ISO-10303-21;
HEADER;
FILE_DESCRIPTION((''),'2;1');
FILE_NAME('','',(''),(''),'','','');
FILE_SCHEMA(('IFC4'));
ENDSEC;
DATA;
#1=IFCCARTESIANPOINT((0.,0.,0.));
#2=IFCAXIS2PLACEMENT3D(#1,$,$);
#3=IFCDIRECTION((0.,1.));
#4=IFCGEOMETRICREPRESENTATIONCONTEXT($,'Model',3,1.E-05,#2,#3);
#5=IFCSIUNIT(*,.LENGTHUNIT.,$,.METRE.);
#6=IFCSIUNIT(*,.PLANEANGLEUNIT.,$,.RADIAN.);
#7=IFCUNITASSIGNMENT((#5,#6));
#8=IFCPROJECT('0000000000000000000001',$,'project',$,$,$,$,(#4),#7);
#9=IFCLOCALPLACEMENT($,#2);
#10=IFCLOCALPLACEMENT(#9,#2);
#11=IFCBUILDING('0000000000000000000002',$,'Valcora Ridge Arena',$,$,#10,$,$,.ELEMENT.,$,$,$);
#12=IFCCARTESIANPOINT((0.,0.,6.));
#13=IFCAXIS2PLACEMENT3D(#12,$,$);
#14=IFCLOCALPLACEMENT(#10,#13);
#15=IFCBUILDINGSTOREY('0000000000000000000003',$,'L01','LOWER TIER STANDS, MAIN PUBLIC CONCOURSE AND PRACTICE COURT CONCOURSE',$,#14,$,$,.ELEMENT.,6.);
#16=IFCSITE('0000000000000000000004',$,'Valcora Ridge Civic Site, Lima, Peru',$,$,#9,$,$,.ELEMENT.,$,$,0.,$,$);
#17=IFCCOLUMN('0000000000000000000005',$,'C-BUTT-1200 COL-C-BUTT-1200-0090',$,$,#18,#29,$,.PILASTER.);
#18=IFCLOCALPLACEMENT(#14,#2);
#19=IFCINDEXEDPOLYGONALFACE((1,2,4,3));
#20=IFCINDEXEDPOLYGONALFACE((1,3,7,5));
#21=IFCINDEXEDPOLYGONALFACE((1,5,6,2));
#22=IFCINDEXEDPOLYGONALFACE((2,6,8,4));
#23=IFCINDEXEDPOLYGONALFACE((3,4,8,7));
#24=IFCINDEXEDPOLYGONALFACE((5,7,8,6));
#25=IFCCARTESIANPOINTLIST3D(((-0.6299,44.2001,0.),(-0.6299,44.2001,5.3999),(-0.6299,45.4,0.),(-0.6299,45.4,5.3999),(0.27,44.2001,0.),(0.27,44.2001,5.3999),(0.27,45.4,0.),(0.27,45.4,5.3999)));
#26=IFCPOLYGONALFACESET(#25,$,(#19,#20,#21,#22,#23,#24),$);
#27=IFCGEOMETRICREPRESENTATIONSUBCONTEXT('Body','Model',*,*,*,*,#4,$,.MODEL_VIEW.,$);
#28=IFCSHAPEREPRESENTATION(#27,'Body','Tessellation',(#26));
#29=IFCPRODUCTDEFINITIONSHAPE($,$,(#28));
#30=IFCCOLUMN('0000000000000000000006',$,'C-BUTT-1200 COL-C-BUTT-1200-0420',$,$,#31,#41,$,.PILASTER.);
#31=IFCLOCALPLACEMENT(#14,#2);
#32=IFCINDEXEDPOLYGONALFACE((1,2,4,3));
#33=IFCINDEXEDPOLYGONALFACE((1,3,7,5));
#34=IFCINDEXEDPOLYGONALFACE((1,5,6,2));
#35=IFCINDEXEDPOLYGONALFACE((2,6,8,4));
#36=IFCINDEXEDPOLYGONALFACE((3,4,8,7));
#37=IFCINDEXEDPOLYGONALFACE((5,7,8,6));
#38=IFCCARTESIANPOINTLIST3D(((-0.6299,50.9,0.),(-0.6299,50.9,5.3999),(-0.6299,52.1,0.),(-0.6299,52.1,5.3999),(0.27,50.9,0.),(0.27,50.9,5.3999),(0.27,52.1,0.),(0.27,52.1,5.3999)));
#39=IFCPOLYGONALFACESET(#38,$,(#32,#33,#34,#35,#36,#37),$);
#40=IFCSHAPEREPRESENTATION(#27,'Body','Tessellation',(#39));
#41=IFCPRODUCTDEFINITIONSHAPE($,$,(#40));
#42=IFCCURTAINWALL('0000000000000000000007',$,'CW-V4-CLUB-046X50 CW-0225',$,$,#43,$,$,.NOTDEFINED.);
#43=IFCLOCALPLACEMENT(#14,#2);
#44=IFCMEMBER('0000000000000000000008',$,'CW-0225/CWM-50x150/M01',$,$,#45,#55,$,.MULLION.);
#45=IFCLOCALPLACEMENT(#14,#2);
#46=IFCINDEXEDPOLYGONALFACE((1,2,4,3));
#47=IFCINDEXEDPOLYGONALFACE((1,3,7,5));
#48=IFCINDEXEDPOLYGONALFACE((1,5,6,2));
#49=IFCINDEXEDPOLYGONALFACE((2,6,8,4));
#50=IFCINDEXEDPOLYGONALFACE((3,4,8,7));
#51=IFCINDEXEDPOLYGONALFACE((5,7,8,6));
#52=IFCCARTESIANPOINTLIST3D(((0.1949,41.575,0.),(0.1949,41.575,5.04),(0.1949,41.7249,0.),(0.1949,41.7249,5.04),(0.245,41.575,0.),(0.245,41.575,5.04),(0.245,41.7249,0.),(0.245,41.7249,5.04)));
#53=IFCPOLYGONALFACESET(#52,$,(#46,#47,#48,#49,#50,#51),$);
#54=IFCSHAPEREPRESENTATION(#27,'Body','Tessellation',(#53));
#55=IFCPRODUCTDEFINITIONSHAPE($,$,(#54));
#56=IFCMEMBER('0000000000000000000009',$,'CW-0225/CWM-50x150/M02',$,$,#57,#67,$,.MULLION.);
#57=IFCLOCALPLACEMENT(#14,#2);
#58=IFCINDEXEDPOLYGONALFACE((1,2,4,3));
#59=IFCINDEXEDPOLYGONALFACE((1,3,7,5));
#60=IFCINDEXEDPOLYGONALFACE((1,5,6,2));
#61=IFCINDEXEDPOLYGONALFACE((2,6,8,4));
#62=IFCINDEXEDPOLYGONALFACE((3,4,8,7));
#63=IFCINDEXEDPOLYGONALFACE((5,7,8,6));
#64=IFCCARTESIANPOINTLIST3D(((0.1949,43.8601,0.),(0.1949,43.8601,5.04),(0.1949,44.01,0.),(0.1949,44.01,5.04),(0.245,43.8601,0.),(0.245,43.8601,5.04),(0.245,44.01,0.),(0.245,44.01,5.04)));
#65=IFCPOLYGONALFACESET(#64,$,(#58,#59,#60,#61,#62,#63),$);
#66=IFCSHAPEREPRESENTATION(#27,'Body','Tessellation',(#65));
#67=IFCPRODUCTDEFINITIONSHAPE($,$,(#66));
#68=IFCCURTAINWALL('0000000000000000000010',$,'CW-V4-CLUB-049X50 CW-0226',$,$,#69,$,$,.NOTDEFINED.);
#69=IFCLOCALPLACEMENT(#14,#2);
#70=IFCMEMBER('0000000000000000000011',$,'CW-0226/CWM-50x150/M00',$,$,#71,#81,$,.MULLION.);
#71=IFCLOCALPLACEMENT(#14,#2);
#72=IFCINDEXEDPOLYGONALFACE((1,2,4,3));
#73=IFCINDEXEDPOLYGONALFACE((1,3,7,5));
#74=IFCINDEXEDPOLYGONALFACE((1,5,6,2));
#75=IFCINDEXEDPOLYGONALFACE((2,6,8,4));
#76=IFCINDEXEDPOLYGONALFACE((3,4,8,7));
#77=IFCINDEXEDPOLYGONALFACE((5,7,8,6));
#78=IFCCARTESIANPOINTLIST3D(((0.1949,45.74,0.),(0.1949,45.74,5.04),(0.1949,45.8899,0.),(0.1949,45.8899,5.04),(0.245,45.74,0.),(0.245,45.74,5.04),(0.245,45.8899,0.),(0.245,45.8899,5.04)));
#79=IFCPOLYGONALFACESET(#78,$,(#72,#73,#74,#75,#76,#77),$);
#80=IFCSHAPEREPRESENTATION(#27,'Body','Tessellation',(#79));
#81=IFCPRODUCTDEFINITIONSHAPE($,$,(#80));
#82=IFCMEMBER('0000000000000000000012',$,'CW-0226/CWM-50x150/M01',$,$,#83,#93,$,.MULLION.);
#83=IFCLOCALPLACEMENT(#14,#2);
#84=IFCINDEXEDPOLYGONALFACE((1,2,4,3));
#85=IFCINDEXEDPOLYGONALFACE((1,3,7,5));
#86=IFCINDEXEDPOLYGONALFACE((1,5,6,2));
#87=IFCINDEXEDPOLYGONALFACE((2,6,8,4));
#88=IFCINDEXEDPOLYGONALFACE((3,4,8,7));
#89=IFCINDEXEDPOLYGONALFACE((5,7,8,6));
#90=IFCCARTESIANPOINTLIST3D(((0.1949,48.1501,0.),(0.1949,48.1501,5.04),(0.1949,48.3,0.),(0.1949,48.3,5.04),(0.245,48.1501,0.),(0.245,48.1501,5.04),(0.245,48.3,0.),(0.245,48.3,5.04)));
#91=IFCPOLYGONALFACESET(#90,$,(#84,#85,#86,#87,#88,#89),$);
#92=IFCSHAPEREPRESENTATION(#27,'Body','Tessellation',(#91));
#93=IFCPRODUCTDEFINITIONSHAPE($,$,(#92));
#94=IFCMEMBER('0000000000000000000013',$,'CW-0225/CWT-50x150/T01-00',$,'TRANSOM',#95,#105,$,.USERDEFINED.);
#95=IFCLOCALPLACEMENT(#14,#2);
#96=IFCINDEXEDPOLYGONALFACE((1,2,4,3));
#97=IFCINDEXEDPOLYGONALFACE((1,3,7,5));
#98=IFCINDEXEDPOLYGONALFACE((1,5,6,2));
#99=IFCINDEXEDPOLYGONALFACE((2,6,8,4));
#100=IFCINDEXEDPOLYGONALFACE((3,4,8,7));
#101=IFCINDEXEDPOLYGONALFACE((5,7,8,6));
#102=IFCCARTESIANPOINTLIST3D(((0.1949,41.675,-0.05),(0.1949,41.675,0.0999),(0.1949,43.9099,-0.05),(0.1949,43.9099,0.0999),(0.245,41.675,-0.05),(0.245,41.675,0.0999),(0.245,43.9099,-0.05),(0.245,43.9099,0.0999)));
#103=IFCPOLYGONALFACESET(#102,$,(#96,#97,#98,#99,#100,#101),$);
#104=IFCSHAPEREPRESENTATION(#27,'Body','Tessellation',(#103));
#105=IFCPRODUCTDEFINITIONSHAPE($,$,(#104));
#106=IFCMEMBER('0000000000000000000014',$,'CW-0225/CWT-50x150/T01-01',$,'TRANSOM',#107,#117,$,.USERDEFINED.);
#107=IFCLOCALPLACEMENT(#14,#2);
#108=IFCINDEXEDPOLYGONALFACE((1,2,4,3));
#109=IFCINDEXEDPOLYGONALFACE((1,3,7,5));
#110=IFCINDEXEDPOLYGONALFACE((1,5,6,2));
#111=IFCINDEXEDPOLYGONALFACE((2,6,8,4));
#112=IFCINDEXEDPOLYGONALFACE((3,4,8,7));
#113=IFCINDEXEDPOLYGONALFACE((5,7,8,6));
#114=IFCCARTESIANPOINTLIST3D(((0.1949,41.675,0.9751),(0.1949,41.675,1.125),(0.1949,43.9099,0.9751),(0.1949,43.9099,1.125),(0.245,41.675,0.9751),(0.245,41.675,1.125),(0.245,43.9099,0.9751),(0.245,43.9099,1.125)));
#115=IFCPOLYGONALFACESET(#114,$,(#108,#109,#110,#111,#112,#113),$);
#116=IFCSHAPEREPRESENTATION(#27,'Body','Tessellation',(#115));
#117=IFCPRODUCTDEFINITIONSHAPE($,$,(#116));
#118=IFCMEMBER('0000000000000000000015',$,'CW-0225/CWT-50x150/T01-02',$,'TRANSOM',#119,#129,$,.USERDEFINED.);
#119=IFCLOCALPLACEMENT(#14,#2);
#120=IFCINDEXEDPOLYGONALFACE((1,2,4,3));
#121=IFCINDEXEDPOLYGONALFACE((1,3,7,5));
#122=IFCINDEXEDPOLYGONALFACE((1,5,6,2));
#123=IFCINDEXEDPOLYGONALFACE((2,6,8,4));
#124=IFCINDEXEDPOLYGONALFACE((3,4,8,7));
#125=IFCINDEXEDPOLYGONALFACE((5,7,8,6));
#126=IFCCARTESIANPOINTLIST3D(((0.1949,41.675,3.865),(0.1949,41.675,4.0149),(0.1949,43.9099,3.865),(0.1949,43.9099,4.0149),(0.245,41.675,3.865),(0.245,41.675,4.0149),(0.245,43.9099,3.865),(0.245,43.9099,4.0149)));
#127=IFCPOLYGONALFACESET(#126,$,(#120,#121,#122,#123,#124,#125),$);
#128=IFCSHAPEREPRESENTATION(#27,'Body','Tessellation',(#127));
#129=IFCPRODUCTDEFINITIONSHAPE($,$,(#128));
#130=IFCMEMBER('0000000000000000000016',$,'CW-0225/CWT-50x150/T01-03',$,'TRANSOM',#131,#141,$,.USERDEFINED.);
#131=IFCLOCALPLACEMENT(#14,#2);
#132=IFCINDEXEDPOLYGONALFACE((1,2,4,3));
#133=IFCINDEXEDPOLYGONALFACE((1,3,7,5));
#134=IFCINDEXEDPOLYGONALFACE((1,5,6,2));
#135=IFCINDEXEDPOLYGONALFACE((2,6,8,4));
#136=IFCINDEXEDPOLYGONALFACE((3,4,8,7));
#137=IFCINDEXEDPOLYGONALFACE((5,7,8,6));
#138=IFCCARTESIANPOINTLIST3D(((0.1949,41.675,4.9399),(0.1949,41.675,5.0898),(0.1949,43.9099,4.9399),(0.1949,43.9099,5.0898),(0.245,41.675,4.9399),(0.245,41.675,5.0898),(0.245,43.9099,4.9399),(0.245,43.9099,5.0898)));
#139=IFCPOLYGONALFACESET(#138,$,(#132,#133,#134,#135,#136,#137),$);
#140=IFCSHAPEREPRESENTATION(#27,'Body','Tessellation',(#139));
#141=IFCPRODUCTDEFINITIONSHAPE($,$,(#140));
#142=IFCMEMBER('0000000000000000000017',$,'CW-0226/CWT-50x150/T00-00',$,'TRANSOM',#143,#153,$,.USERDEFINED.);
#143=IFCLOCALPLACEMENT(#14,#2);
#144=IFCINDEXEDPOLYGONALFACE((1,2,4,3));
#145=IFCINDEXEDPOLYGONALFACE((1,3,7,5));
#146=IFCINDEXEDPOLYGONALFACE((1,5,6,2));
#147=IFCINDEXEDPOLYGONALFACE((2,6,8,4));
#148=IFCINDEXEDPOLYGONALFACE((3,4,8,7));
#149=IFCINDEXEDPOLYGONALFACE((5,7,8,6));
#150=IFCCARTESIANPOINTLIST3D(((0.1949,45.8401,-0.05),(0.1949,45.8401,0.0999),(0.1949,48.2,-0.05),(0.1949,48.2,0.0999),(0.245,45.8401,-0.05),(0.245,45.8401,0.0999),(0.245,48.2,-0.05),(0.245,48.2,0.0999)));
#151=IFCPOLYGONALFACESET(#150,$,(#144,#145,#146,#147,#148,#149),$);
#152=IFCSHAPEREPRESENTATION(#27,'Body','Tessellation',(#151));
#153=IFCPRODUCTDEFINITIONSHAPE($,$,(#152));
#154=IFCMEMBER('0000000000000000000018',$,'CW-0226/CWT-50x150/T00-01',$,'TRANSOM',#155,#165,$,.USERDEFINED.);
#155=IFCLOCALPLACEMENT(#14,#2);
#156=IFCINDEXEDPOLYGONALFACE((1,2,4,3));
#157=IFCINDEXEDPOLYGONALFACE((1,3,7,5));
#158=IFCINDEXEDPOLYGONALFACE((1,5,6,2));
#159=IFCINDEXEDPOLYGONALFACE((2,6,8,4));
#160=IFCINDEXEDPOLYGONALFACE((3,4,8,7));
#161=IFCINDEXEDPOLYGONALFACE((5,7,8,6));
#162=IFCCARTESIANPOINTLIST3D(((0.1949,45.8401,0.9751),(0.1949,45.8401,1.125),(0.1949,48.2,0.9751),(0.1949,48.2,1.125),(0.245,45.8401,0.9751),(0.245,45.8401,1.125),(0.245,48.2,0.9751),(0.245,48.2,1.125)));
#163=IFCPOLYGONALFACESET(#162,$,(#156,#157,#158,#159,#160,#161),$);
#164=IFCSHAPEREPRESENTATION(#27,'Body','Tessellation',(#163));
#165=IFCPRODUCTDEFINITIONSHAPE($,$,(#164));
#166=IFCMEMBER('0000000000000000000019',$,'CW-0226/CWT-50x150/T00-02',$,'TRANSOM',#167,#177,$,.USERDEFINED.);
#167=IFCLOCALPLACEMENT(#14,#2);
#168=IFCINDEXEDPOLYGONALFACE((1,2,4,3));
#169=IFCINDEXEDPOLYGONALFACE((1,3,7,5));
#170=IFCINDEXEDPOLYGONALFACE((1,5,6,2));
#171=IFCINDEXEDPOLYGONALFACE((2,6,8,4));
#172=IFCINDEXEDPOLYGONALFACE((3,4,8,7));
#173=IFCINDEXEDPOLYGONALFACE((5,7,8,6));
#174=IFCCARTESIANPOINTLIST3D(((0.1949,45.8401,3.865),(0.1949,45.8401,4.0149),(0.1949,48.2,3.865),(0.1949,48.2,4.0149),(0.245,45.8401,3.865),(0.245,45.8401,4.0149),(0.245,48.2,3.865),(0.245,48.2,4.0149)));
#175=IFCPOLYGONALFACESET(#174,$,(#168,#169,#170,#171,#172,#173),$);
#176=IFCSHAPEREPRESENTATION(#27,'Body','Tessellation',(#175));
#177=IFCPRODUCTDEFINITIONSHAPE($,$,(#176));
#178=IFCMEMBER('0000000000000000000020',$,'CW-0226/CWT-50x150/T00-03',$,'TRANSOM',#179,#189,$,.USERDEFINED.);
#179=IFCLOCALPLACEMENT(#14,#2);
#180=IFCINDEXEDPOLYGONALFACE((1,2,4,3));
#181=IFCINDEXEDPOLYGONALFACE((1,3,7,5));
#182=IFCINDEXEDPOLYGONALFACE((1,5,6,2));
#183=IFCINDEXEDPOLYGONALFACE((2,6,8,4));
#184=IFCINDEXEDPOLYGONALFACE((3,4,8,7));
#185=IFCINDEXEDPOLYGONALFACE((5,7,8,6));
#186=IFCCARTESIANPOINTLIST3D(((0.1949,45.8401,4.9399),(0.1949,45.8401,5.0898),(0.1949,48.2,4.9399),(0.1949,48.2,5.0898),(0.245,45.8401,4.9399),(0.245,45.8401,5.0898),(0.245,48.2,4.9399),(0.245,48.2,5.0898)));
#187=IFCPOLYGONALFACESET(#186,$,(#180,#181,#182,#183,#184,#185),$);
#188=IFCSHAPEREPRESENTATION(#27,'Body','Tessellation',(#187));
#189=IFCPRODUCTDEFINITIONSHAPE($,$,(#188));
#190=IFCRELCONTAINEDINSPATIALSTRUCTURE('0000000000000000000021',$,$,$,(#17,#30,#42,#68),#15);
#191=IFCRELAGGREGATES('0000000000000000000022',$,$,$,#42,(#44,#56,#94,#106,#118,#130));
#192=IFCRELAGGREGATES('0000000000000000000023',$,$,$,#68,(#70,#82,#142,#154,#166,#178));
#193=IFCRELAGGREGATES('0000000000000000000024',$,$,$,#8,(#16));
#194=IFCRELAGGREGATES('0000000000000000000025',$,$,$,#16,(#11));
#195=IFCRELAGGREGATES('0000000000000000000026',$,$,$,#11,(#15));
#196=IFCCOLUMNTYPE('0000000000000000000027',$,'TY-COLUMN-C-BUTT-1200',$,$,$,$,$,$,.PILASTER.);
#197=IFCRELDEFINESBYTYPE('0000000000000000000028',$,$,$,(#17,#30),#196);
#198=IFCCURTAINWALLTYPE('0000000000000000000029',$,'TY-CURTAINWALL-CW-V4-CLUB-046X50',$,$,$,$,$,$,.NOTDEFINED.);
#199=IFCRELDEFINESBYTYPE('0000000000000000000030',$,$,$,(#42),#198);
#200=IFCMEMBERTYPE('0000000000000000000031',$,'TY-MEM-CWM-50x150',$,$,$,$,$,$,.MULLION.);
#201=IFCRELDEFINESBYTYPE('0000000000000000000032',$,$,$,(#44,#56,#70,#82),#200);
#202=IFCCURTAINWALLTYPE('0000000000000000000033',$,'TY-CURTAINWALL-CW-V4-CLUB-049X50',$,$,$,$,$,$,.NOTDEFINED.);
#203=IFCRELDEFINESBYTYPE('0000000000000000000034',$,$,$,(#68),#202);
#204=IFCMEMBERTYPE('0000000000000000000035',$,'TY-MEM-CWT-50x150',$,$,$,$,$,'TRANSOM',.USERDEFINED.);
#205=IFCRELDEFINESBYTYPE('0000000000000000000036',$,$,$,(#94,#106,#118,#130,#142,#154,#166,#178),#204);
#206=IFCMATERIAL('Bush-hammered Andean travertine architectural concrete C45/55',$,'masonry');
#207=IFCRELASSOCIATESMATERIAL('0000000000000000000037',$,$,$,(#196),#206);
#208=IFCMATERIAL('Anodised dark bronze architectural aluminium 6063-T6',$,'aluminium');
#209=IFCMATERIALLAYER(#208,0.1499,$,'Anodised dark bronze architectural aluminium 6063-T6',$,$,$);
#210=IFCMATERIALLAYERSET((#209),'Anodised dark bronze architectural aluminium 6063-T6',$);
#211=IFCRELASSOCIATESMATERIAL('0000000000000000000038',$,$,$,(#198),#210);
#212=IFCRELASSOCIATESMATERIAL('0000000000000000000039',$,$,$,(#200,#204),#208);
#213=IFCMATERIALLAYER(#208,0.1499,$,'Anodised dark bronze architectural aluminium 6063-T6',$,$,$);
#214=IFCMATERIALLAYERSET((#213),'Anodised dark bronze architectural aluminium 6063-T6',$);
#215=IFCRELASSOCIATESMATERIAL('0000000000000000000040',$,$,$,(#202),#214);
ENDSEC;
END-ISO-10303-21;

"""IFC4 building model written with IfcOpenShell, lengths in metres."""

from ifc_helpers import new_model, si_unit, direction, frame, origin, origin_2d, place, context, subcontext, project, spatial, rectangle, extrude, material, layer, layer_set, material_profile, profile_set, type_object, element, aggregate, save


model = new_model("IFC4")

# Units and contexts
model_context = context("Model", 3, precision=1e-05, world=origin(), true_north=direction((0.0, 1.0)))
body_context = subcontext(model_context, "Body", "Model", "MODEL_VIEW")
ifc_project = project(units=[si_unit("LENGTHUNIT", "METRE"), si_unit("PLANEANGLEUNIT", "RADIAN")], contexts=[model_context])

# Site, building, storey
site_placement = place(None, origin())
site = spatial("IfcSite", under=ifc_project, at=site_placement, Name="Valcora Ridge Civic Site, Lima, Peru", CompositionType="ELEMENT", RefElevation=0.0)
building_placement = place(site_placement, origin())
building = spatial("IfcBuilding", under=site, at=building_placement, Name="Valcora Ridge Arena", CompositionType="ELEMENT")
storey_placement = place(building_placement, frame((0.0, 0.0, 6.0)))
storey = spatial("IfcBuildingStorey", under=building, at=storey_placement, Name="L01", Description="LOWER TIER STANDS, MAIN PUBLIC CONCOURSE AND PRACTICE COURT CONCOURSE", CompositionType="ELEMENT", Elevation=6.0)

# Columns
ifc_material_1 = material(Name="Bush-hammered Andean travertine architectural concrete C45/55", Category="masonry")
ifc_material_profile_1 = material_profile(ifc_material_1, rectangle(XDim=0.8999, YDim=1.2, at=origin_2d()), Name="RC 900x1200")
ifc_profile_set_1 = profile_set([ifc_material_profile_1], Name="Bush-hammered Andean travertine architectural concrete C45/55")
column_type = type_object("IfcColumnType", Name="TY-COLUMN-C-BUTT-1200", PredefinedType="PILASTER", material=ifc_profile_set_1)
for number, where, z_axis, x_axis, name in (
    (1, (-0.1799, 44.8, 0.0), (0.0, 0.0, 1.0), (1.0, 0.0, 0.0), "C-BUTT-1200 COL-C-BUTT-1200-0090"),
    (2, (-0.1799, 51.5, 0.0), (0.0, 0.0, 1.0), (1.0, 0.0, 0.0), "C-BUTT-1200 COL-C-BUTT-1200-0420"),
):
    element("IfcColumn", number, at=place(storey_placement, frame(where, z_axis=z_axis, x_axis=x_axis)), inside=storey, type_object=column_type, Name=name, PredefinedType="PILASTER", context=body_context, shape_type="SweptSolid", body=[
        extrude(rectangle(XDim=0.8999, YDim=1.2, at=origin_2d()), origin(), (0.0, 0.0, 1.0), 5.3999),
    ])

# Curtain walls, members
ifc_material_2 = material(Name="Anodised dark bronze architectural aluminium 6063-T6", Category="aluminium")
ifc_layer_1 = layer(ifc_material_2, 0.1499, Name="Anodised dark bronze architectural aluminium 6063-T6")
ifc_layer_set_1 = layer_set([ifc_layer_1], Name="Anodised dark bronze architectural aluminium 6063-T6")
curtain_wall_type_1 = type_object("IfcCurtainWallType", Name="TY-CURTAINWALL-CW-V4-CLUB-046X50", PredefinedType="NOTDEFINED", material=ifc_layer_set_1)
curtain_wall_1_placement = place(storey_placement, origin())
curtain_wall_1 = element("IfcCurtainWall", 3, at=curtain_wall_1_placement, inside=storey, type_object=curtain_wall_type_1, Name="CW-V4-CLUB-046X50 CW-0225", PredefinedType="NOTDEFINED")
ifc_material_profile_2 = material_profile(ifc_material_2, rectangle(XDim=0.05, YDim=0.1499, at=origin_2d()), Name="ALU MULLION 50x150")
ifc_profile_set_2 = profile_set([ifc_material_profile_2], Name="Anodised dark bronze architectural aluminium 6063-T6")
member_type_1 = type_object("IfcMemberType", Name="TY-MEM-CWM-50x150", PredefinedType="MULLION", material=ifc_profile_set_2)
member_1_placement = place(storey_placement, frame((0.22, 41.6499, 0.0), z_axis=(0.0, 0.0, 1.0), x_axis=(-1.0, 0.0, 0.0)))
member_1 = element("IfcMember", 4, at=member_1_placement, type_object=member_type_1, Name="CW-0225/CWM-50x150/M01", PredefinedType="MULLION", context=body_context, shape_type="SweptSolid", body=[
    extrude(rectangle(XDim=0.05, YDim=0.1499, at=origin_2d()), origin(), (0.0, 0.0, 1.0), 5.04),
])
member_2_placement = place(storey_placement, frame((0.22, 43.9351, 0.0), z_axis=(0.0, 0.0, 1.0), x_axis=(-1.0, 0.0, 0.0)))
member_2 = element("IfcMember", 5, at=member_2_placement, type_object=member_type_1, Name="CW-0225/CWM-50x150/M02", PredefinedType="MULLION", context=body_context, shape_type="SweptSolid", body=[
    extrude(rectangle(XDim=0.05, YDim=0.1499, at=origin_2d()), origin(), (0.0, 0.0, 1.0), 5.04),
])
ifc_layer_2 = layer(ifc_material_2, 0.1499, Name="Anodised dark bronze architectural aluminium 6063-T6")
ifc_layer_set_2 = layer_set([ifc_layer_2], Name="Anodised dark bronze architectural aluminium 6063-T6")
curtain_wall_type_2 = type_object("IfcCurtainWallType", Name="TY-CURTAINWALL-CW-V4-CLUB-049X50", PredefinedType="NOTDEFINED", material=ifc_layer_set_2)
curtain_wall_2_placement = place(storey_placement, origin())
curtain_wall_2 = element("IfcCurtainWall", 6, at=curtain_wall_2_placement, inside=storey, type_object=curtain_wall_type_2, Name="CW-V4-CLUB-049X50 CW-0226", PredefinedType="NOTDEFINED")
member_3_placement = place(storey_placement, frame((0.22, 45.8149, 0.0), z_axis=(0.0, 0.0, 1.0), x_axis=(-1.0, 0.0, 0.0)))
member_3 = element("IfcMember", 7, at=member_3_placement, type_object=member_type_1, Name="CW-0226/CWM-50x150/M00", PredefinedType="MULLION", context=body_context, shape_type="SweptSolid", body=[
    extrude(rectangle(XDim=0.05, YDim=0.1499, at=origin_2d()), origin(), (0.0, 0.0, 1.0), 5.04),
])
member_4_placement = place(storey_placement, frame((0.22, 48.2251, 0.0), z_axis=(0.0, 0.0, 1.0), x_axis=(-1.0, 0.0, 0.0)))
member_4 = element("IfcMember", 8, at=member_4_placement, type_object=member_type_1, Name="CW-0226/CWM-50x150/M01", PredefinedType="MULLION", context=body_context, shape_type="SweptSolid", body=[
    extrude(rectangle(XDim=0.05, YDim=0.1499, at=origin_2d()), origin(), (0.0, 0.0, 1.0), 5.04),
])

# Members
ifc_material_profile_3 = material_profile(ifc_material_2, rectangle(XDim=0.05, YDim=0.1499, at=origin_2d()), Name="ALU TRANSOM 50x150")
ifc_profile_set_3 = profile_set([ifc_material_profile_3], Name="Anodised dark bronze architectural aluminium 6063-T6")
member_type_2 = type_object("IfcMemberType", Name="TY-MEM-CWT-50x150", ElementType="TRANSOM", PredefinedType="USERDEFINED", material=ifc_profile_set_3)
member_5_placement = place(storey_placement, frame((0.22, 41.675, 0.0249), z_axis=(0.0, 1.0, 0.0), x_axis=(-1.0, 0.0, 0.0)))
member_5 = element("IfcMember", 9, at=member_5_placement, type_object=member_type_2, Name="CW-0225/CWT-50x150/T01-00", ObjectType="TRANSOM", PredefinedType="USERDEFINED", context=body_context, shape_type="SweptSolid", body=[
    extrude(rectangle(XDim=0.05, YDim=0.1499, at=origin_2d()), origin(), (0.0, 0.0, 1.0), 2.2349),
])
member_6_placement = place(storey_placement, frame((0.22, 41.675, 1.05), z_axis=(0.0, 1.0, 0.0), x_axis=(-1.0, 0.0, 0.0)))
member_6 = element("IfcMember", 10, at=member_6_placement, type_object=member_type_2, Name="CW-0225/CWT-50x150/T01-01", ObjectType="TRANSOM", PredefinedType="USERDEFINED", context=body_context, shape_type="SweptSolid", body=[
    extrude(rectangle(XDim=0.05, YDim=0.1499, at=origin_2d()), origin(), (0.0, 0.0, 1.0), 2.2349),
])
member_7_placement = place(storey_placement, frame((0.22, 41.675, 3.9399), z_axis=(0.0, 1.0, 0.0), x_axis=(-1.0, 0.0, 0.0)))
member_7 = element("IfcMember", 11, at=member_7_placement, type_object=member_type_2, Name="CW-0225/CWT-50x150/T01-02", ObjectType="TRANSOM", PredefinedType="USERDEFINED", context=body_context, shape_type="SweptSolid", body=[
    extrude(rectangle(XDim=0.05, YDim=0.1499, at=origin_2d()), origin(), (0.0, 0.0, 1.0), 2.2349),
])
member_8_placement = place(storey_placement, frame((0.22, 41.675, 5.0149), z_axis=(0.0, 1.0, 0.0), x_axis=(-1.0, 0.0, 0.0)))
member_8 = element("IfcMember", 12, at=member_8_placement, type_object=member_type_2, Name="CW-0225/CWT-50x150/T01-03", ObjectType="TRANSOM", PredefinedType="USERDEFINED", context=body_context, shape_type="SweptSolid", body=[
    extrude(rectangle(XDim=0.05, YDim=0.1499, at=origin_2d()), origin(), (0.0, 0.0, 1.0), 2.2349),
])
member_9_placement = place(storey_placement, frame((0.22, 45.8401, 0.0249), z_axis=(0.0, 1.0, 0.0), x_axis=(-1.0, 0.0, 0.0)))
member_9 = element("IfcMember", 13, at=member_9_placement, type_object=member_type_2, Name="CW-0226/CWT-50x150/T00-00", ObjectType="TRANSOM", PredefinedType="USERDEFINED", context=body_context, shape_type="SweptSolid", body=[
    extrude(rectangle(XDim=0.05, YDim=0.1499, at=origin_2d()), origin(), (0.0, 0.0, 1.0), 2.3599),
])
member_10_placement = place(storey_placement, frame((0.22, 45.8401, 1.05), z_axis=(0.0, 1.0, 0.0), x_axis=(-1.0, 0.0, 0.0)))
member_10 = element("IfcMember", 14, at=member_10_placement, type_object=member_type_2, Name="CW-0226/CWT-50x150/T00-01", ObjectType="TRANSOM", PredefinedType="USERDEFINED", context=body_context, shape_type="SweptSolid", body=[
    extrude(rectangle(XDim=0.05, YDim=0.1499, at=origin_2d()), origin(), (0.0, 0.0, 1.0), 2.3599),
])
member_11_placement = place(storey_placement, frame((0.22, 45.8401, 3.9399), z_axis=(0.0, 1.0, 0.0), x_axis=(-1.0, 0.0, 0.0)))
member_11 = element("IfcMember", 15, at=member_11_placement, type_object=member_type_2, Name="CW-0226/CWT-50x150/T00-02", ObjectType="TRANSOM", PredefinedType="USERDEFINED", context=body_context, shape_type="SweptSolid", body=[
    extrude(rectangle(XDim=0.05, YDim=0.1499, at=origin_2d()), origin(), (0.0, 0.0, 1.0), 2.3599),
])
member_12_placement = place(storey_placement, frame((0.22, 45.8401, 5.0149), z_axis=(0.0, 1.0, 0.0), x_axis=(-1.0, 0.0, 0.0)))
member_12 = element("IfcMember", 16, at=member_12_placement, type_object=member_type_2, Name="CW-0226/CWT-50x150/T00-03", ObjectType="TRANSOM", PredefinedType="USERDEFINED", context=body_context, shape_type="SweptSolid", body=[
    extrude(rectangle(XDim=0.05, YDim=0.1499, at=origin_2d()), origin(), (0.0, 0.0, 1.0), 2.3599),
])

aggregate(curtain_wall_1, [member_1, member_2, member_5, member_6, member_7, member_8])
aggregate(curtain_wall_2, [member_3, member_4, member_9, member_10, member_11, member_12])

save(model, "model.ifc")
